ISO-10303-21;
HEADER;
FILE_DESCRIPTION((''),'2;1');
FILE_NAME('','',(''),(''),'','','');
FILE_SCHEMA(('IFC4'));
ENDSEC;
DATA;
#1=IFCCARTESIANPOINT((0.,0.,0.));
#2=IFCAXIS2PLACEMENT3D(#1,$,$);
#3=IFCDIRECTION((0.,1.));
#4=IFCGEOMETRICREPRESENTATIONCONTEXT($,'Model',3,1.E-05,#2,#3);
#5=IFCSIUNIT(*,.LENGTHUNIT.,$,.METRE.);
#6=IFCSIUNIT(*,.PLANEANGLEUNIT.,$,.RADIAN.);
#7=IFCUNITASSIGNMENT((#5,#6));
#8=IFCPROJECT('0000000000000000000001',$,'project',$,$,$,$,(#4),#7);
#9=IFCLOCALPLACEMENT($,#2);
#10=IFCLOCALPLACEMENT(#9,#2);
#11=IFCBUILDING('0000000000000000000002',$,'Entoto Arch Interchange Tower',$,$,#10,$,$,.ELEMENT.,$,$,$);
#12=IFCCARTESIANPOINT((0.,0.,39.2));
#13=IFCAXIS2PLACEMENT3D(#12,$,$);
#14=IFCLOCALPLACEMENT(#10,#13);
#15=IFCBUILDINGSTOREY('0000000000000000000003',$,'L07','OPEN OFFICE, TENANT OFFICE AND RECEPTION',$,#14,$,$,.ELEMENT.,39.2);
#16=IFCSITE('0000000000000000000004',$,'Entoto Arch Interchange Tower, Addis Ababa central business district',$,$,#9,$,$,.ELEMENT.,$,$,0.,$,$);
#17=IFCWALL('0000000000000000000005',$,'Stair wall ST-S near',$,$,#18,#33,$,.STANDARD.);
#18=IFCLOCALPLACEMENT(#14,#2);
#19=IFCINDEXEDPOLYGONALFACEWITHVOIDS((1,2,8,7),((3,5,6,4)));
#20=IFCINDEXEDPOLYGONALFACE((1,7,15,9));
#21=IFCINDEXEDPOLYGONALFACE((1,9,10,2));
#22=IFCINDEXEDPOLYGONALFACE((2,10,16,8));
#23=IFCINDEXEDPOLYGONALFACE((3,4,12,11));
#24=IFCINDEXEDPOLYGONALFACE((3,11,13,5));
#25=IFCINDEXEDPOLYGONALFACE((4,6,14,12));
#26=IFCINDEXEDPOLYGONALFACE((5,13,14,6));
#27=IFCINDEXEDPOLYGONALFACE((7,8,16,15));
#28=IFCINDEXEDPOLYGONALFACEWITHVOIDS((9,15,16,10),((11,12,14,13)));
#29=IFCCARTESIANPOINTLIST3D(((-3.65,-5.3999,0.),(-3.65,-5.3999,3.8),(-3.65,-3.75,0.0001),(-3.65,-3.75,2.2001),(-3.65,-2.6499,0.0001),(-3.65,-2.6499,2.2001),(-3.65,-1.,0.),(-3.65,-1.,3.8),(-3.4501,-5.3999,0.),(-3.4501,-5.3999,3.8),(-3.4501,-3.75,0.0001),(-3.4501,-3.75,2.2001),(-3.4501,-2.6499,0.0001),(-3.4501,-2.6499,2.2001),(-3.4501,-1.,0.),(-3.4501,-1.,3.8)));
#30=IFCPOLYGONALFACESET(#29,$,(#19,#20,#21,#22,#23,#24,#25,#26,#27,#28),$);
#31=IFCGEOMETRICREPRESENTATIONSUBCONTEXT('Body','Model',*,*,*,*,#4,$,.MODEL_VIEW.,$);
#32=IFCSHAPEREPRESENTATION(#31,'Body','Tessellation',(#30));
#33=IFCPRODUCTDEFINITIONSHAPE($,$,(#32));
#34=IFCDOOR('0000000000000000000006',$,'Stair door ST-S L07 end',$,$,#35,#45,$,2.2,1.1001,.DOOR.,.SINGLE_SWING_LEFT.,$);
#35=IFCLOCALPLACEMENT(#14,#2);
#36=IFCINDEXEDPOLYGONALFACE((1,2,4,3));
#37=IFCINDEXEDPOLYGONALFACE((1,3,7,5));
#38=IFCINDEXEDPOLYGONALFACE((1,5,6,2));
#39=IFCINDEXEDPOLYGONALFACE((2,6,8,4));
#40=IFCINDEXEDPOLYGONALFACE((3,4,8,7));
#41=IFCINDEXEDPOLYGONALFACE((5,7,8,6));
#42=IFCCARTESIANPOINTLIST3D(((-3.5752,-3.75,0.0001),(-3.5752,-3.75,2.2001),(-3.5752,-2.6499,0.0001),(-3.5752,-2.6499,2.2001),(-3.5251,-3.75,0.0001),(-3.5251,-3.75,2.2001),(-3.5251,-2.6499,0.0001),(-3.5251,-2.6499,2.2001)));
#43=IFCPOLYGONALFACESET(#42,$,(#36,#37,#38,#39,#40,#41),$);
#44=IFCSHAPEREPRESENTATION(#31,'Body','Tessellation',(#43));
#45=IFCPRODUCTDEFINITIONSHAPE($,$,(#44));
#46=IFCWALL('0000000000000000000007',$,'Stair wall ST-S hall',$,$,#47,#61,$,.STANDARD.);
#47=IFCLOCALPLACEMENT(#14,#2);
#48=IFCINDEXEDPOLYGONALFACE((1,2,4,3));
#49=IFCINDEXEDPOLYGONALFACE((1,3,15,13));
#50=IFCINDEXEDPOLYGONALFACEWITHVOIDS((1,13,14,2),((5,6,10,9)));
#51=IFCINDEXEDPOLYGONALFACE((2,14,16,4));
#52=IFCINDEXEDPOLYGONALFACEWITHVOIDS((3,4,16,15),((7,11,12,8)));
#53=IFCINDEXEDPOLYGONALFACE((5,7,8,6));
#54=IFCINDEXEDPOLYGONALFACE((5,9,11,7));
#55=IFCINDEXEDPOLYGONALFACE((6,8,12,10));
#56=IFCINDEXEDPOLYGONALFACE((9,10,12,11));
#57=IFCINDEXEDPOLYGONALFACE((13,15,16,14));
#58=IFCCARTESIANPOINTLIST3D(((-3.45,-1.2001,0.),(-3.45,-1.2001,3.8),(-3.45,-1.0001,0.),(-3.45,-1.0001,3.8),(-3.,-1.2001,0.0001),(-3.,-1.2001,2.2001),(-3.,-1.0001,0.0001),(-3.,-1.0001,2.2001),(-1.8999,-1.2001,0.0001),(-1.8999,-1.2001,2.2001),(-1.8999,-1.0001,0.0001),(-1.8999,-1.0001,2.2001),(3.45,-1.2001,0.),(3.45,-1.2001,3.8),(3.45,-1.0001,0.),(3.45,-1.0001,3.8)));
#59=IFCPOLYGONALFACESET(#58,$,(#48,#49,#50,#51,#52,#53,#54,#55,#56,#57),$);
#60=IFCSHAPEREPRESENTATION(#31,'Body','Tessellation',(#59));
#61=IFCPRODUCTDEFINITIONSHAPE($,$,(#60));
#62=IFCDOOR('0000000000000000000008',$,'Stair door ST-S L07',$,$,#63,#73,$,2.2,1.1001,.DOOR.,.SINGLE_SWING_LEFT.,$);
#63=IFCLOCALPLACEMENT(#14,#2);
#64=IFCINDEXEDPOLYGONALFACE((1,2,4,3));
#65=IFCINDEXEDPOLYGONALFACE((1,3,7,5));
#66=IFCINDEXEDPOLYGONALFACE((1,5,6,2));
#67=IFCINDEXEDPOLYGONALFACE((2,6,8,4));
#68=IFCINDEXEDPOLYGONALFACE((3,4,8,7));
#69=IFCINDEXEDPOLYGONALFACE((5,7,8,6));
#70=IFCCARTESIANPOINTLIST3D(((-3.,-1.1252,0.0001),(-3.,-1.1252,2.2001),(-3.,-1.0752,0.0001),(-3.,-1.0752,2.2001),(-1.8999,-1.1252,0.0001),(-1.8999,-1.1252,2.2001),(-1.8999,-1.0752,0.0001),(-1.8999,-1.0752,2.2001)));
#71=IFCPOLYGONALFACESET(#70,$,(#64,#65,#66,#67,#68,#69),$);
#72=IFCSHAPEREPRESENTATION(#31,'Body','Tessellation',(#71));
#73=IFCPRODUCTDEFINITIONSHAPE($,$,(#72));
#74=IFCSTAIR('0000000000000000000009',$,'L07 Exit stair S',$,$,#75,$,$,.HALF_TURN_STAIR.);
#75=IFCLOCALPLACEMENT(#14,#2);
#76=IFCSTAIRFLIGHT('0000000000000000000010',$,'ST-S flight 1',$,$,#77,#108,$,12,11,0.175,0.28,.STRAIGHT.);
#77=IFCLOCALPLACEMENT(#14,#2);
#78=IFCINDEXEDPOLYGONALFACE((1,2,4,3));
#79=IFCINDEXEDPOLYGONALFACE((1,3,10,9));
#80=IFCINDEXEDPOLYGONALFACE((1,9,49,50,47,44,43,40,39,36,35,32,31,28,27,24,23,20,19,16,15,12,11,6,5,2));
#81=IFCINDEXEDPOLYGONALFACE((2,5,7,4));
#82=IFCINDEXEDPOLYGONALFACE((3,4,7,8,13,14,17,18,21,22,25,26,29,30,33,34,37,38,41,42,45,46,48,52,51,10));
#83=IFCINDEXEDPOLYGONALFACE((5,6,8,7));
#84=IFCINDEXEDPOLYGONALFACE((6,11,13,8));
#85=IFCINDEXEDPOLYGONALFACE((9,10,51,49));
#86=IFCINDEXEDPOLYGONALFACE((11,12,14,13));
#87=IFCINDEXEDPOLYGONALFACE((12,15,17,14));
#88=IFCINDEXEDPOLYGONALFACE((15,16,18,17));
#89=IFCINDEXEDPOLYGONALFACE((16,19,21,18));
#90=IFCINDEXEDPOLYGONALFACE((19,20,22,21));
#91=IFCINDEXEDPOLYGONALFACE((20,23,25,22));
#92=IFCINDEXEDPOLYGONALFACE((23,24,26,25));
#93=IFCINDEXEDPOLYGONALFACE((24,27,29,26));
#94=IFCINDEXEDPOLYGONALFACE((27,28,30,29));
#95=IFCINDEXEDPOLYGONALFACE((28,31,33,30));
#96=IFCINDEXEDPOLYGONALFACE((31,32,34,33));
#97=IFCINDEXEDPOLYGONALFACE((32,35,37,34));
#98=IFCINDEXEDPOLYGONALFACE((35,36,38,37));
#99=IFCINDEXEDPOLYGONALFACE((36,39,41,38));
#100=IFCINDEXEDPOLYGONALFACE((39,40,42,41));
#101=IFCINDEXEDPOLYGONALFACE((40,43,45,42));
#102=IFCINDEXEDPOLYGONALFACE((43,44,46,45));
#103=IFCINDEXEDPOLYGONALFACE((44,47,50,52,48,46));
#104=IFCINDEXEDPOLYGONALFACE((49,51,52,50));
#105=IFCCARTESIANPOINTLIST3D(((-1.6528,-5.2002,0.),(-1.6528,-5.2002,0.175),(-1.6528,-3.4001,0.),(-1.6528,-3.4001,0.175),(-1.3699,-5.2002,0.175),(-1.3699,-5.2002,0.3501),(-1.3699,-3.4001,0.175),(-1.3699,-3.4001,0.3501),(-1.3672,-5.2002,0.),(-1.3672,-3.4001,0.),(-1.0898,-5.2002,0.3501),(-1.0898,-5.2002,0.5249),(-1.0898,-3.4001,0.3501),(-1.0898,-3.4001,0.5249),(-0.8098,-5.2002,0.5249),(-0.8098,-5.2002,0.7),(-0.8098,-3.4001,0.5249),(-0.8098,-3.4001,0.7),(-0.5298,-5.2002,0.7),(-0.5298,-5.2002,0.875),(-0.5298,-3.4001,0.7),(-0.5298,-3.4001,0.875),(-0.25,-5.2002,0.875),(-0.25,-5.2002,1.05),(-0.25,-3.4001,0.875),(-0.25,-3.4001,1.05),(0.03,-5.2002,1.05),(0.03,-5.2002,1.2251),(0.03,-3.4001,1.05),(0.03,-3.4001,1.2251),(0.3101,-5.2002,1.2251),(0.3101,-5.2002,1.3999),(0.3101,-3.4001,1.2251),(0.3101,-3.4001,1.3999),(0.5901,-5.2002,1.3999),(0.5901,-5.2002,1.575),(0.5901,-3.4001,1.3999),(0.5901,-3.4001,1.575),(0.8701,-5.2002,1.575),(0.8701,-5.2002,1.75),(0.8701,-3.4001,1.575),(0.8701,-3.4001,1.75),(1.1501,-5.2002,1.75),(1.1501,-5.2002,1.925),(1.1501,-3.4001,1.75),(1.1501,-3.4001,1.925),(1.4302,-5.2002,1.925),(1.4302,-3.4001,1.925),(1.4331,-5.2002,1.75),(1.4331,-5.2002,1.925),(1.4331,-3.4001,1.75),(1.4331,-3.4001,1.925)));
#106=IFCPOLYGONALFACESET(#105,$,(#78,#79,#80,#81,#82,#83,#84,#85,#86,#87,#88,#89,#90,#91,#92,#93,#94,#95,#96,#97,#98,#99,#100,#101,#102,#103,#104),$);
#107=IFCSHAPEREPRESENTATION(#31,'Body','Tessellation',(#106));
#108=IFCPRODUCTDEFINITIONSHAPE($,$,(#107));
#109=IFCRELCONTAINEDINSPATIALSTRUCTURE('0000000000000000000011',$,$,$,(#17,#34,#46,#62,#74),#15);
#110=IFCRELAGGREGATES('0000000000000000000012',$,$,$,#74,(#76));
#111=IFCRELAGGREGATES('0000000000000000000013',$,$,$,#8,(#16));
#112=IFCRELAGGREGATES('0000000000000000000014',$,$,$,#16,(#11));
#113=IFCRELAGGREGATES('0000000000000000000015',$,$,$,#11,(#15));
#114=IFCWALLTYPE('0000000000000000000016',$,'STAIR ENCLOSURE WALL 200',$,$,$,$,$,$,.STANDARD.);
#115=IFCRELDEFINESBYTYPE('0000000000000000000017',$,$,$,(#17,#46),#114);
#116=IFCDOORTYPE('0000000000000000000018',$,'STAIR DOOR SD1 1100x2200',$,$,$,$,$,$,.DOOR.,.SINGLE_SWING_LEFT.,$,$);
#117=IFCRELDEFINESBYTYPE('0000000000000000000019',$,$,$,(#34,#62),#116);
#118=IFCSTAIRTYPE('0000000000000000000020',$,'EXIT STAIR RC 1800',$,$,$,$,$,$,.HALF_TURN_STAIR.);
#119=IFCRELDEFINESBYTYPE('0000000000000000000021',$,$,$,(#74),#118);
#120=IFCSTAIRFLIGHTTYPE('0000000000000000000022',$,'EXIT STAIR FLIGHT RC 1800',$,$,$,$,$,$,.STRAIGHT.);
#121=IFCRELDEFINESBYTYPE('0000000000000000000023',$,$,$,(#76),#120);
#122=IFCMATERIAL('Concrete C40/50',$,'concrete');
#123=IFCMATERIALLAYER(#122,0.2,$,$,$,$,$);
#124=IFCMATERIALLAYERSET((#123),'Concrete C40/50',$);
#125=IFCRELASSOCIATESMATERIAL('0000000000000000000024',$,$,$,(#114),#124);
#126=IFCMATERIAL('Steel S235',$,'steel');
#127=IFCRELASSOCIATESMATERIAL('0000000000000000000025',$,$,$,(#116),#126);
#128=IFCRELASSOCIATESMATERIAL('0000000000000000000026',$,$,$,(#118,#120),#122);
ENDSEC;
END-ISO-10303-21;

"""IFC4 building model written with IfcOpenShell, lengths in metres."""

from ifc_helpers import new_model, si_unit, direction, frame, frame_2d, origin, place, context, subcontext, project, spatial, polyline, rectangle, outline, extrude, material, layer, layer_set, type_object, element, fill, aggregate, save


model = new_model("IFC4")

# Units and contexts
model_context = context("Model", 3, precision=1e-05, world=origin(), true_north=direction((0.0, 1.0)))
body_context = subcontext(model_context, "Body", "Model", "MODEL_VIEW")
ifc_project = project(units=[si_unit("LENGTHUNIT", "METRE"), si_unit("PLANEANGLEUNIT", "RADIAN")], contexts=[model_context])

# Site, building, storey
site_placement = place(None, origin())
site = spatial("IfcSite", under=ifc_project, at=site_placement, Name="Entoto Arch Interchange Tower, Addis Ababa central business district", CompositionType="ELEMENT", RefElevation=0.0)
building_placement = place(site_placement, origin())
building = spatial("IfcBuilding", under=site, at=building_placement, Name="Entoto Arch Interchange Tower", CompositionType="ELEMENT")
storey_placement = place(building_placement, frame((0.0, 0.0, 39.2)))
storey = spatial("IfcBuildingStorey", under=building, at=storey_placement, Name="L07", Description="OPEN OFFICE, TENANT OFFICE AND RECEPTION", CompositionType="ELEMENT", Elevation=39.2)

# Shared definitions
ifc_material_1 = material(Name="Concrete C40/50", Category="concrete")

# Walls, openings, doors
ifc_layer_1 = layer(ifc_material_1, 0.2)
ifc_layer_set_1 = layer_set([ifc_layer_1], Name="Concrete C40/50")
wall_type_1 = type_object("IfcWallType", Name="STAIR ENCLOSURE WALL 200", PredefinedType="STANDARD", material=ifc_layer_set_1)
wall_1_placement = place(storey_placement, frame((-3.55, -1.0, 0.0), z_axis=(0.0, 0.0, 1.0), x_axis=(0.0, -1.0, 0.0)))
wall_1 = element("IfcWall", 1, at=wall_1_placement, inside=storey, type_object=wall_type_1, Name="Stair wall ST-S near", PredefinedType="STANDARD", context=body_context, shape_type="SweptSolid", body=[
    extrude(rectangle(XDim=4.3999, YDim=0.2, at=frame_2d((2.2, 0.0))), origin(), (0.0, 0.0, 1.0), 3.8),
])
opening_1_placement = place(wall_1_placement, frame((1.6499, 0.0, 0.0)))
opening_1 = element("IfcOpeningElement", 2, at=opening_1_placement, cuts=wall_1, PredefinedType="OPENING", context=body_context, shape_type="SweptSolid", body=[
    extrude(rectangle(XDim=1.1001, YDim=2.2, at=frame_2d((0.55, 1.1001))), frame((0.0, 0.1099, 0.0), z_axis=(0.0, -1.0, 0.0), x_axis=(1.0, 0.0, 0.0)), (0.0, 0.0, 1.0), 0.22),
])
ifc_material_2 = material(Name="Steel S235", Category="steel")
door_type_1 = type_object("IfcDoorType", Name="STAIR DOOR SD1 1100x2200", OperationType="SINGLE_SWING_LEFT", PredefinedType="DOOR", material=ifc_material_2)
door_1_placement = place(opening_1_placement, origin())
door_1 = element("IfcDoor", 3, at=door_1_placement, inside=storey, type_object=door_type_1, Name="Stair door ST-S L07 end", OperationType="SINGLE_SWING_LEFT", OverallHeight=2.2, OverallWidth=1.1001, PredefinedType="DOOR", context=body_context, shape_type="SweptSolid", body=[
    extrude(rectangle(XDim=1.1001, YDim=2.2, at=frame_2d((0.55, 1.1001))), frame((0.0, 0.0249, 0.0), z_axis=(0.0, -1.0, 0.0), x_axis=(1.0, 0.0, 0.0)), (0.0, 0.0, 1.0), 0.05),
])
fill(opening_1, door_1)
wall_2_placement = place(storey_placement, frame((-3.45, -1.1001, 0.0), z_axis=(0.0, 0.0, 1.0), x_axis=(1.0, 0.0, 0.0)))
wall_2 = element("IfcWall", 4, at=wall_2_placement, inside=storey, type_object=wall_type_1, Name="Stair wall ST-S hall", PredefinedType="STANDARD", context=body_context, shape_type="SweptSolid", body=[
    extrude(rectangle(XDim=6.8999, YDim=0.2, at=frame_2d((3.45, 0.0))), origin(), (0.0, 0.0, 1.0), 3.8),
])
opening_2_placement = place(wall_2_placement, frame((0.45, 0.0, 0.0)))
opening_2 = element("IfcOpeningElement", 5, at=opening_2_placement, cuts=wall_2, PredefinedType="OPENING", context=body_context, shape_type="SweptSolid", body=[
    extrude(rectangle(XDim=1.1001, YDim=2.2, at=frame_2d((0.55, 1.1001))), frame((0.0, 0.1099, 0.0), z_axis=(0.0, -1.0, 0.0), x_axis=(1.0, 0.0, 0.0)), (0.0, 0.0, 1.0), 0.22),
])
door_2_placement = place(opening_2_placement, origin())
door_2 = element("IfcDoor", 6, at=door_2_placement, inside=storey, type_object=door_type_1, Name="Stair door ST-S L07", OperationType="SINGLE_SWING_LEFT", OverallHeight=2.2, OverallWidth=1.1001, PredefinedType="DOOR", context=body_context, shape_type="SweptSolid", body=[
    extrude(rectangle(XDim=1.1001, YDim=2.2, at=frame_2d((0.55, 1.1001))), frame((0.0, 0.0249, 0.0), z_axis=(0.0, -1.0, 0.0), x_axis=(1.0, 0.0, 0.0)), (0.0, 0.0, 1.0), 0.05),
])
fill(opening_2, door_2)

# Stair, stair flight
stair_type = type_object("IfcStairType", Name="EXIT STAIR RC 1800", PredefinedType="HALF_TURN_STAIR", material=ifc_material_1)
stair_placement = place(storey_placement, origin())
stair = element("IfcStair", 7, at=stair_placement, inside=storey, type_object=stair_type, Name="L07 Exit stair S", PredefinedType="HALF_TURN_STAIR")
stair_flight_type = type_object("IfcStairFlightType", Name="EXIT STAIR FLIGHT RC 1800", PredefinedType="STRAIGHT", material=ifc_material_1)
stair_flight_placement = place(storey_placement, frame((-1.6499, -4.3, 0.0), z_axis=(0.0, 0.0, 1.0), x_axis=(1.0, 0.0, 0.0)))
stair_flight = element("IfcStairFlight", 8, at=stair_flight_placement, type_object=stair_flight_type, Name="ST-S flight 1", NumberOfRisers=12, NumberOfTreads=11, PredefinedType="STRAIGHT", RiserHeight=0.175, TreadLength=0.28, context=body_context, shape_type="SweptSolid", body=[
    extrude(outline(polyline([(-0.0029, 0.0), (-0.0029, 0.175), (0.28, 0.175), (0.28, 0.3501), (0.5601, 0.3501), (0.5601, 0.5249), (0.8401, 0.5249), (0.8401, 0.7), (1.1201, 0.7), (1.1201, 0.875), (1.3999, 0.875), (1.3999, 1.05), (1.6799, 1.05), (1.6799, 1.2251), (1.96, 1.2251), (1.96, 1.3999), (2.24, 1.3999), (2.24, 1.575), (2.52, 1.575), (2.52, 1.75), (2.8, 1.75), (2.8, 1.925), (3.0801, 1.925), (3.083, 1.925), (3.083, 1.75), (0.2827, 0.0), (-0.0029, 0.0)])), frame((0.0, 0.8999, 0.0), z_axis=(0.0, -1.0, 0.0), x_axis=(1.0, 0.0, 0.0)), (0.0, 0.0, 1.0), 1.8),
])
aggregate(stair, [stair_flight])

save(model, "model.ifc")
